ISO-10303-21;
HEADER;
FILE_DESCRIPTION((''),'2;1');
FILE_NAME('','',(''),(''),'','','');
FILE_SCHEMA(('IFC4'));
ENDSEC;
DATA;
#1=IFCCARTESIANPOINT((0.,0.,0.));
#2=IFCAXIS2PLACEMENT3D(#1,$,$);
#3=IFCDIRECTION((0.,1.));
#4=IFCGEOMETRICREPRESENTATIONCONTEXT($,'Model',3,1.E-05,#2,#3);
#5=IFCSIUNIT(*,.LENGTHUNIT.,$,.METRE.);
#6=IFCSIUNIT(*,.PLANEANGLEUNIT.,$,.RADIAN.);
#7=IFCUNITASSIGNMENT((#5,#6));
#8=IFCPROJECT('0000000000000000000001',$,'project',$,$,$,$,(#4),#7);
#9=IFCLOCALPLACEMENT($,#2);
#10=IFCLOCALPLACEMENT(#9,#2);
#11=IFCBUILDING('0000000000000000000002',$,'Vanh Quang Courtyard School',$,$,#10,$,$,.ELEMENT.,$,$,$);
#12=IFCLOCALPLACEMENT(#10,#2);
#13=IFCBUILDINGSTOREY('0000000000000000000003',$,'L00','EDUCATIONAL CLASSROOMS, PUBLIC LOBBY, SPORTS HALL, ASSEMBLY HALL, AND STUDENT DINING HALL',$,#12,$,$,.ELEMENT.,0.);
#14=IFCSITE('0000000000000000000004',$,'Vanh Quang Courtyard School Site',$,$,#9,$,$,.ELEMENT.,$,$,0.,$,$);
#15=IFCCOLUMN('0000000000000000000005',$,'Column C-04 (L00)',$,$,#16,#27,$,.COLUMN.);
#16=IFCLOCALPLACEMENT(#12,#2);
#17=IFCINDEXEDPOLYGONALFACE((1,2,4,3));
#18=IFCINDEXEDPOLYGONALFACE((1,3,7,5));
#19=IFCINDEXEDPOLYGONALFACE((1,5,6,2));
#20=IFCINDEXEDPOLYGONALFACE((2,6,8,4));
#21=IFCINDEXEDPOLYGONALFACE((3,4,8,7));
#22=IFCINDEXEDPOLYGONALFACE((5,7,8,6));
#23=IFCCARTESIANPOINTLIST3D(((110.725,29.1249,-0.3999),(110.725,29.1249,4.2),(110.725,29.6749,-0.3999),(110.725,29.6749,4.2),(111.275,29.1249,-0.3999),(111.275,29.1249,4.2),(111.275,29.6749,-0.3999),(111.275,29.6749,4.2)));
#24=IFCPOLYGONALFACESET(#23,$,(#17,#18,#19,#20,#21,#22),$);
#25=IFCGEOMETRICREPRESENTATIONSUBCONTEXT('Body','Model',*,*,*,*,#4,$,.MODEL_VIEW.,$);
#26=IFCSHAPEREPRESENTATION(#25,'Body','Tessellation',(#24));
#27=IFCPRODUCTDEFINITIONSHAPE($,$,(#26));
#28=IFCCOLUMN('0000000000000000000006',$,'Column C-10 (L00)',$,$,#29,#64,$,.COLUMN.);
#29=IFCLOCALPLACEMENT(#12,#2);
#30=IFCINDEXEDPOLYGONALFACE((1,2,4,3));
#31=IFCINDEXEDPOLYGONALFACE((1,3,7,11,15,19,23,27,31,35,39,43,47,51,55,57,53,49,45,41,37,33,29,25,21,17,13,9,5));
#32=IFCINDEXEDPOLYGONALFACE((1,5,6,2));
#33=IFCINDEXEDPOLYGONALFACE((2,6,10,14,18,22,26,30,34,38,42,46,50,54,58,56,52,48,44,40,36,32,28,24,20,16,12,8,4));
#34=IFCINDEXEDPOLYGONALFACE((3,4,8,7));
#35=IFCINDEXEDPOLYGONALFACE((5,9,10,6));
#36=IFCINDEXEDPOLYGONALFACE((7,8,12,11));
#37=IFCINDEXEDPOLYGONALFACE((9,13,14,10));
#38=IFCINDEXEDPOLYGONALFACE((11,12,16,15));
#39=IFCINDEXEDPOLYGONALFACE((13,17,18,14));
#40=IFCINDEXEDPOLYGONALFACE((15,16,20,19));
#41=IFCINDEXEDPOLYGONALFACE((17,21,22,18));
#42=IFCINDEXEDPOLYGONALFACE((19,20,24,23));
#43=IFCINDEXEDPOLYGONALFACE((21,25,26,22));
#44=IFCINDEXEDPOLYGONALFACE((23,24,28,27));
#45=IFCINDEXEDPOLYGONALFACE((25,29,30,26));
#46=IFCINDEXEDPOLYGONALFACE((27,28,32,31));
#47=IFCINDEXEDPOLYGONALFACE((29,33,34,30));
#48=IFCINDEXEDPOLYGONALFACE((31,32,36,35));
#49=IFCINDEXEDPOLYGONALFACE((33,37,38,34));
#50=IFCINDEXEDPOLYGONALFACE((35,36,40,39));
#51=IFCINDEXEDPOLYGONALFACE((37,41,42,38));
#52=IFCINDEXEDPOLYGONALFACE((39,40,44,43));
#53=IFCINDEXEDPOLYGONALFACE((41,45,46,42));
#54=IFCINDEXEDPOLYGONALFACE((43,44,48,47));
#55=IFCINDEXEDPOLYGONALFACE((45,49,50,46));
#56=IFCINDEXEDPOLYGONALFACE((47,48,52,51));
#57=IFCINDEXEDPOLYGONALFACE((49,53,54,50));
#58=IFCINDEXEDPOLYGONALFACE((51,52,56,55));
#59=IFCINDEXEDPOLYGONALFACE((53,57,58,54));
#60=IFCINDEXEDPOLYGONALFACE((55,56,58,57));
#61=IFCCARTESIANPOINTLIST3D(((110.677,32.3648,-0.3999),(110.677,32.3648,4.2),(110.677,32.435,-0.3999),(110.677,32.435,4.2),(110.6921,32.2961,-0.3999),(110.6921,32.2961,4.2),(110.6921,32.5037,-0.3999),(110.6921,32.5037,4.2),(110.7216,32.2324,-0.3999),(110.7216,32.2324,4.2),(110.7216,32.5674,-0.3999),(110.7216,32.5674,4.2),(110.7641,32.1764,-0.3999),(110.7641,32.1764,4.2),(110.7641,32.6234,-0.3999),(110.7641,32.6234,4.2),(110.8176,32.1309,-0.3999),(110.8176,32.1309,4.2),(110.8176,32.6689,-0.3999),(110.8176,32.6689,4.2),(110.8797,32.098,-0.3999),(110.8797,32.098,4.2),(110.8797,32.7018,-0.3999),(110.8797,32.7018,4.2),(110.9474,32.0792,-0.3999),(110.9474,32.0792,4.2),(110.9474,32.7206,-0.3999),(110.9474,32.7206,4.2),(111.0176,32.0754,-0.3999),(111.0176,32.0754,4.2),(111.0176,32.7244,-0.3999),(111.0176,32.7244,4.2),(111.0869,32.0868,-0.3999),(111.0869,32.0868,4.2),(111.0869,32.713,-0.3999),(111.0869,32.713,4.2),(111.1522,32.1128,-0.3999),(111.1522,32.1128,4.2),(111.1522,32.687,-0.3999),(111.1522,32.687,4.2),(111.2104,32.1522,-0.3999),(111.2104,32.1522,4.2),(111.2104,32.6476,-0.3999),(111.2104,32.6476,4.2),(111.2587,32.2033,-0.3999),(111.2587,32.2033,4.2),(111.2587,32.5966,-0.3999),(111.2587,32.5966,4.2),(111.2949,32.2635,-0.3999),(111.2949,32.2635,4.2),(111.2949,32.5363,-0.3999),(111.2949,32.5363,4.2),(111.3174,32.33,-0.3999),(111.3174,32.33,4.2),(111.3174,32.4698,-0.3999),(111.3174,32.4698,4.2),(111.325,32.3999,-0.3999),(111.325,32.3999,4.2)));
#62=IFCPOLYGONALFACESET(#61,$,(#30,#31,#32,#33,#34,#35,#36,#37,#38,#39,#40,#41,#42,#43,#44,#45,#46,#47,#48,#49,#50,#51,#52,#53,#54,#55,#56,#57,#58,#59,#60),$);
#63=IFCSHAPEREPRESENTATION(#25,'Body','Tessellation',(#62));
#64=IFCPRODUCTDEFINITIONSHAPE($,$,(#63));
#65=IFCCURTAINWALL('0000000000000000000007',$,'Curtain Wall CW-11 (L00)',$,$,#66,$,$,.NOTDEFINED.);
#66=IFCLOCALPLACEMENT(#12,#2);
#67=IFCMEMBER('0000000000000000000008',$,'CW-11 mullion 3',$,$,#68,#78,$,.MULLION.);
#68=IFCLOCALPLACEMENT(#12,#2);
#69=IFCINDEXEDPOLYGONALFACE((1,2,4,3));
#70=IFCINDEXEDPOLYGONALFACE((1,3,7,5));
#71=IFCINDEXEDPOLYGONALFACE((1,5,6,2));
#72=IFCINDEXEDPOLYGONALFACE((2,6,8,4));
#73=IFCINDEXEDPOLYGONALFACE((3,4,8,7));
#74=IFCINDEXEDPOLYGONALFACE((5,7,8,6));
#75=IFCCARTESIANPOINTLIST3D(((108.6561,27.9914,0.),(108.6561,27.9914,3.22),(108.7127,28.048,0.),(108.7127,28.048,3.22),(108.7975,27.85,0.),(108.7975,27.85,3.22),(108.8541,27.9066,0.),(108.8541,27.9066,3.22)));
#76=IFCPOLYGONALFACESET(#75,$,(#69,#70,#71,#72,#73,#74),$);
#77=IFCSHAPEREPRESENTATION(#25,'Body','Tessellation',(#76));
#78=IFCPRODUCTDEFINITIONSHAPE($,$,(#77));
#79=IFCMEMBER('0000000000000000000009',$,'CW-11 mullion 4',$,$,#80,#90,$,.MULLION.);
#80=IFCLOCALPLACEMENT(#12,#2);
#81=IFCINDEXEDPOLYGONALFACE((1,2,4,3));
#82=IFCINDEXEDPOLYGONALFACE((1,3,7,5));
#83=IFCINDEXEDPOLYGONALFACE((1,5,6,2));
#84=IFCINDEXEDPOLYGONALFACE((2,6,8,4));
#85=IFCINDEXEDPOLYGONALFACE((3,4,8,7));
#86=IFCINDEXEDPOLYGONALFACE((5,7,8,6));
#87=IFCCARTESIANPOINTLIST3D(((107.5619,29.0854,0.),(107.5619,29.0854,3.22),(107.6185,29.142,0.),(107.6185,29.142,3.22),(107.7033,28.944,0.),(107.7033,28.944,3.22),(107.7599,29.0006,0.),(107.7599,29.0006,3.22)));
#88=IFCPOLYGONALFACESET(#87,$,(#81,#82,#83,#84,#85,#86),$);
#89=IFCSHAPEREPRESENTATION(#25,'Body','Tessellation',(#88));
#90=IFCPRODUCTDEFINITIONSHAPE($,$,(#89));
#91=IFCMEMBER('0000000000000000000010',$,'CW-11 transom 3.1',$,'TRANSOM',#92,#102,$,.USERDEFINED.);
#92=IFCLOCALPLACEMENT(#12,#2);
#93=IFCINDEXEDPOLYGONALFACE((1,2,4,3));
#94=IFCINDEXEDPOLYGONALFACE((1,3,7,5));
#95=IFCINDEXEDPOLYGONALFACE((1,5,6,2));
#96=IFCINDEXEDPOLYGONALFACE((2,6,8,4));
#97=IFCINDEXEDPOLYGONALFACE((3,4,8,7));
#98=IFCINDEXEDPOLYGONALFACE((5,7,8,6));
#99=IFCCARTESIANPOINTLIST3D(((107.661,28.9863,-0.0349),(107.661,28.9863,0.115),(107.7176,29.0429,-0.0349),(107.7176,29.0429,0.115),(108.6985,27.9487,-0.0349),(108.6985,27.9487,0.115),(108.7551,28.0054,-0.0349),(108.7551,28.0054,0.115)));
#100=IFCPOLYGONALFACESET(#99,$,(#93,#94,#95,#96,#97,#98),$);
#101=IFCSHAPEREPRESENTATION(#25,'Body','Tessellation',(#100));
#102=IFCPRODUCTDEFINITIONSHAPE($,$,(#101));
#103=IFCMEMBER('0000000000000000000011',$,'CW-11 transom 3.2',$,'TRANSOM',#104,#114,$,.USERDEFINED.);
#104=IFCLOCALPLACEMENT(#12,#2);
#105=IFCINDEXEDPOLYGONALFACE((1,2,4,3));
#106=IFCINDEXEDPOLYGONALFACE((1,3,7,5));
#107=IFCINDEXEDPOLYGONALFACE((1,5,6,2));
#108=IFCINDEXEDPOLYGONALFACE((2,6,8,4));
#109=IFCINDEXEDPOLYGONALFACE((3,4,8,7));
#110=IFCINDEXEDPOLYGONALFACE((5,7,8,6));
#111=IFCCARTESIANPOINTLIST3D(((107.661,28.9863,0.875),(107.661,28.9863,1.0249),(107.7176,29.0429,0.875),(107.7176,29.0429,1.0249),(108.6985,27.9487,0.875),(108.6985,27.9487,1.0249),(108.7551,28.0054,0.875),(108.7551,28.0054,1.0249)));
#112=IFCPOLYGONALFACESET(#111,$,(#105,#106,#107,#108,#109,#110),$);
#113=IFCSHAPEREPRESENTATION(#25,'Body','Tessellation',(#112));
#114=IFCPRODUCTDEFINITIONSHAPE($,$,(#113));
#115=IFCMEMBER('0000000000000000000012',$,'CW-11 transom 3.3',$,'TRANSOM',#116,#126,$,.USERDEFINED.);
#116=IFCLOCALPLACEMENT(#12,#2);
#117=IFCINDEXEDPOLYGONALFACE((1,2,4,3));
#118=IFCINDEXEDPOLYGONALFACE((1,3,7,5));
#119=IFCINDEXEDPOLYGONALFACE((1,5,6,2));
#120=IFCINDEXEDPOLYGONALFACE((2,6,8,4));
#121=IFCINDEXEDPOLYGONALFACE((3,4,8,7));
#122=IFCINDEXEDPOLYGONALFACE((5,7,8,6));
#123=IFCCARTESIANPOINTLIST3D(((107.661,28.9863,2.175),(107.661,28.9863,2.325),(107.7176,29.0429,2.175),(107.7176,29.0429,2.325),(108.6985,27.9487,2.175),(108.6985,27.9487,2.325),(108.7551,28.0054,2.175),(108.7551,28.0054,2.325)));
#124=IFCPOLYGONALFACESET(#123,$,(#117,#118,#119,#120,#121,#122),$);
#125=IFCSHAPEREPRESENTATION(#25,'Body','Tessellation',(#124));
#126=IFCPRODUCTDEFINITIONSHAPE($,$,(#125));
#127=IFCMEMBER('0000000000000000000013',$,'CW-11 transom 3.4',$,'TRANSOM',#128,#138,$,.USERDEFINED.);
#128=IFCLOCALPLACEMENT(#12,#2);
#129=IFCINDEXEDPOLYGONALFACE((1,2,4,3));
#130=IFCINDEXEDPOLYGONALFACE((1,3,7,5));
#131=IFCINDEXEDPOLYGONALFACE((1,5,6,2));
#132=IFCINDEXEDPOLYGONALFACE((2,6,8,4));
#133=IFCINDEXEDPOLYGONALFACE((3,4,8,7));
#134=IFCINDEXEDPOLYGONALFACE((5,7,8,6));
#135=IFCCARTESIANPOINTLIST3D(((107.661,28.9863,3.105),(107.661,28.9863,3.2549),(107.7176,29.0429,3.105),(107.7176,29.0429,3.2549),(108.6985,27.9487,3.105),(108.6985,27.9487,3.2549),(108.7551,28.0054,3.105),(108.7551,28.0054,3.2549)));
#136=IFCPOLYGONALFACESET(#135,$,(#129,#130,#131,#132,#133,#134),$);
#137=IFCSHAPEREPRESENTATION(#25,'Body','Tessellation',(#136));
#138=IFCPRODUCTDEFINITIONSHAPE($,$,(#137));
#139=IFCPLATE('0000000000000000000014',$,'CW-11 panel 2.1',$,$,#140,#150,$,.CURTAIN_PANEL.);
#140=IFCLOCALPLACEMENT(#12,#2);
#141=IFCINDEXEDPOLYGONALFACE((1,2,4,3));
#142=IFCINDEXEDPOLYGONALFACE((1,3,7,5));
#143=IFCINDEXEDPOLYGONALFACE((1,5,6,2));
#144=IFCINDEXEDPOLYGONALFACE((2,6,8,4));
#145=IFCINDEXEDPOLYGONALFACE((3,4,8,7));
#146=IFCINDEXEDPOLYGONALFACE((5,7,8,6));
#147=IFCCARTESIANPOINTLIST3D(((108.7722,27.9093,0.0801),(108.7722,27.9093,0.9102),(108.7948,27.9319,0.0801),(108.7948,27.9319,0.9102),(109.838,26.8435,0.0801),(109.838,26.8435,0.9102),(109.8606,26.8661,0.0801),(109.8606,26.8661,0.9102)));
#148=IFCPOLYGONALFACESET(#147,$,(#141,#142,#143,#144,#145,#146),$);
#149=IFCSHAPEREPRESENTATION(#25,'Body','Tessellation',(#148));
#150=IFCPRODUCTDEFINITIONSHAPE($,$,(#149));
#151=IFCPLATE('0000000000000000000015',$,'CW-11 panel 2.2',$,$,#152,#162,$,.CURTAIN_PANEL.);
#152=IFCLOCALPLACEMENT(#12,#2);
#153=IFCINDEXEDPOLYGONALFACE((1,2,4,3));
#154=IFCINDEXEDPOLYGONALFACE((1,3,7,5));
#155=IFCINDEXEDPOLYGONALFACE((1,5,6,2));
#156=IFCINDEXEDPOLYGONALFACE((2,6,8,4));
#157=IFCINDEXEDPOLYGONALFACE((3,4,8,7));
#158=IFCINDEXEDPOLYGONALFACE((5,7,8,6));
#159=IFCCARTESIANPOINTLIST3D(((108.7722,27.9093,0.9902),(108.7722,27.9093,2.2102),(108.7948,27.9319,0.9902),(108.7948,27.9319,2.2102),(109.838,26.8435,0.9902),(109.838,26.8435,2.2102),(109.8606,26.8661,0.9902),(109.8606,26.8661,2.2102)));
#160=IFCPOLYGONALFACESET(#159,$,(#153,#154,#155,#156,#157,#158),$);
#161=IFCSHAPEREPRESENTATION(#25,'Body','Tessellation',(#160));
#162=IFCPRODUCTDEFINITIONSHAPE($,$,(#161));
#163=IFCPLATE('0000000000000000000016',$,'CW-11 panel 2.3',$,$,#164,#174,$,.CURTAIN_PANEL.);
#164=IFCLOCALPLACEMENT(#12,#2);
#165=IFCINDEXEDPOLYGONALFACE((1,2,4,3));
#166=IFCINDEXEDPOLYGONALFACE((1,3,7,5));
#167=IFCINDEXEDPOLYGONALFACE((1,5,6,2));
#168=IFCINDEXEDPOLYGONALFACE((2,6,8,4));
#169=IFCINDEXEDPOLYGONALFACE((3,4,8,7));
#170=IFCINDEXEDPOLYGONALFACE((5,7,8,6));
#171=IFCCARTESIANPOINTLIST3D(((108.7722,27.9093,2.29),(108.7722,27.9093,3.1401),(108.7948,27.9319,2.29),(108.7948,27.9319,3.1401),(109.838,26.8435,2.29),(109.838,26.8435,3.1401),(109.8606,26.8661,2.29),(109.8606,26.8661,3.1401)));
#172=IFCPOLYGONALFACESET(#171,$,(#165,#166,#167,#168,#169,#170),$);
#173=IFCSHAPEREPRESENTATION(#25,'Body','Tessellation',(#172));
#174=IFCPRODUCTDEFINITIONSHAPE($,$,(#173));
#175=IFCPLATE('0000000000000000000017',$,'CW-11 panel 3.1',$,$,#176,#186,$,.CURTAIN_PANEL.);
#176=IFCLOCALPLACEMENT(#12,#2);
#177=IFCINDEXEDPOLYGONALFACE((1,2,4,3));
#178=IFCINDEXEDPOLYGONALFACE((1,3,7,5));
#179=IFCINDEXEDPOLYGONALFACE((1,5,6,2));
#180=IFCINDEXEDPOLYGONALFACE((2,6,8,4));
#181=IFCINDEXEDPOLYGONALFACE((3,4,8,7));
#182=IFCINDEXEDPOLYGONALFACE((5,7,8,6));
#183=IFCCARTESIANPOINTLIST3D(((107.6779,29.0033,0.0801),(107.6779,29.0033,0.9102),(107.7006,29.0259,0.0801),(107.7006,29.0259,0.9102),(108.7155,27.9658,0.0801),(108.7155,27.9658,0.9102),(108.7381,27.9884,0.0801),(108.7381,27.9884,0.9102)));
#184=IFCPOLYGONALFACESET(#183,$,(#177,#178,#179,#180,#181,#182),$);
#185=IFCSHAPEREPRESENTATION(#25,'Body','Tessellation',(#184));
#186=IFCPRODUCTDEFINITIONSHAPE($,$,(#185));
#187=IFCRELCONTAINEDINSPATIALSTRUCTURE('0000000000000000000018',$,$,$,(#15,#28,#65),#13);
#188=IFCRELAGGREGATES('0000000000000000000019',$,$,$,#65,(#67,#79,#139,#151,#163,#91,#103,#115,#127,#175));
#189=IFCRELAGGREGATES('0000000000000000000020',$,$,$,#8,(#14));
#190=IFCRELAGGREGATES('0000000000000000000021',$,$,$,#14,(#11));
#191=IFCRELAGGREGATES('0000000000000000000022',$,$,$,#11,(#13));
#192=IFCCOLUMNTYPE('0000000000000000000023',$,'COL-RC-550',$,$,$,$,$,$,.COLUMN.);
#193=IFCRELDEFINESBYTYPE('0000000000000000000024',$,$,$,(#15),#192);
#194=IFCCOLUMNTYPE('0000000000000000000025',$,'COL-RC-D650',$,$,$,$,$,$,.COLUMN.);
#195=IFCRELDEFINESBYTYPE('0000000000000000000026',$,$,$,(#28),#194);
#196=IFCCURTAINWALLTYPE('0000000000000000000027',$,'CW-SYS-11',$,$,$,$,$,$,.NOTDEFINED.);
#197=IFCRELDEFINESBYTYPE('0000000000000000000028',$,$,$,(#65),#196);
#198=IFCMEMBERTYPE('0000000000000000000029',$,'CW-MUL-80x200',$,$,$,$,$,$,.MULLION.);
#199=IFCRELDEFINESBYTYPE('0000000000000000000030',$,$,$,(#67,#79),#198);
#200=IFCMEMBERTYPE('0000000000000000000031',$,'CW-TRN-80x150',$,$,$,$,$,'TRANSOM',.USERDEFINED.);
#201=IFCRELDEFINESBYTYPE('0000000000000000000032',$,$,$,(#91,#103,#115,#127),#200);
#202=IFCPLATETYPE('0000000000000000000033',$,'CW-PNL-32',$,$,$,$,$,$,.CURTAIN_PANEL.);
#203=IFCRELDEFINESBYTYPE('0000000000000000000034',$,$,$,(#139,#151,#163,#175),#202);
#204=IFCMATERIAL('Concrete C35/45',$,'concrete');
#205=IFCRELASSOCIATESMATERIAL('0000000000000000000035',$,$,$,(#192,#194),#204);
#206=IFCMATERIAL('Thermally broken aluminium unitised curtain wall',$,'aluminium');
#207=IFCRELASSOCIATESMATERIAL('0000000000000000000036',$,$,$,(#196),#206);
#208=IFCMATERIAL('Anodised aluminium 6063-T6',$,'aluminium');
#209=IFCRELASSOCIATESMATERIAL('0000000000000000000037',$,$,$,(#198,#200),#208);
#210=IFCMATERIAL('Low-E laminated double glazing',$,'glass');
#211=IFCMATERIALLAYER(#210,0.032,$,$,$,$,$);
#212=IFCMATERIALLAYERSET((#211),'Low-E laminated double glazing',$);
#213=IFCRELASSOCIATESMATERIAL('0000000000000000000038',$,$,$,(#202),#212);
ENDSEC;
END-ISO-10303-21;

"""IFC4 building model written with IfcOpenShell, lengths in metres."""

from ifc_helpers import new_model, si_unit, direction, frame, origin, origin_2d, place, context, subcontext, project, spatial, rectangle, circle, extrude, material, layer, layer_set, material_profile, profile_set, type_object, element, aggregate, save


model = new_model("IFC4")

# Units and contexts
model_context = context("Model", 3, precision=1e-05, world=origin(), true_north=direction((0.0, 1.0)))
body_context = subcontext(model_context, "Body", "Model", "MODEL_VIEW")
ifc_project = project(units=[si_unit("LENGTHUNIT", "METRE"), si_unit("PLANEANGLEUNIT", "RADIAN")], contexts=[model_context])

# Site, building, storey
site_placement = place(None, origin())
site = spatial("IfcSite", under=ifc_project, at=site_placement, Name="Vanh Quang Courtyard School Site", CompositionType="ELEMENT", RefElevation=0.0)
building_placement = place(site_placement, origin())
building = spatial("IfcBuilding", under=site, at=building_placement, Name="Vanh Quang Courtyard School", CompositionType="ELEMENT")
storey_placement = place(building_placement, origin())
storey = spatial("IfcBuildingStorey", under=building, at=storey_placement, Name="L00", Description="EDUCATIONAL CLASSROOMS, PUBLIC LOBBY, SPORTS HALL, ASSEMBLY HALL, AND STUDENT DINING HALL", CompositionType="ELEMENT", Elevation=0.0)

# Shared definitions
ifc_material_1 = material(Name="Concrete C35/45", Category="concrete")

# Columns
ifc_material_profile_1 = material_profile(ifc_material_1, rectangle(XDim=0.55, YDim=0.55, at=origin_2d()), Name="RC-COL 550x550")
ifc_profile_set_1 = profile_set([ifc_material_profile_1], Name="Concrete C35/45")
column_type_1 = type_object("IfcColumnType", Name="COL-RC-550", PredefinedType="COLUMN", material=ifc_profile_set_1)
column_1_placement = place(storey_placement, frame((111.0, 29.3999, -0.3999), z_axis=(0.0, 0.0, 1.0), x_axis=(1.0, 0.0, 0.0)))
element("IfcColumn", 1, at=column_1_placement, inside=storey, type_object=column_type_1, Name="Column C-04 (L00)", PredefinedType="COLUMN", context=body_context, shape_type="SweptSolid", body=[
    extrude(rectangle(XDim=0.55, YDim=0.55, at=origin_2d()), origin(), (0.0, 0.0, 1.0), 4.5999),
])
ifc_material_profile_2 = material_profile(ifc_material_1, circle(Radius=0.325, at=origin_2d()), Name="RC-COL D650")
ifc_profile_set_2 = profile_set([ifc_material_profile_2], Name="Concrete C35/45")
column_type_2 = type_object("IfcColumnType", Name="COL-RC-D650", PredefinedType="COLUMN", material=ifc_profile_set_2)
column_2_placement = place(storey_placement, frame((111.0, 32.3999, -0.3999), z_axis=(0.0, 0.0, 1.0), x_axis=(1.0, 0.0, 0.0)))
element("IfcColumn", 2, at=column_2_placement, inside=storey, type_object=column_type_2, Name="Column C-10 (L00)", PredefinedType="COLUMN", context=body_context, shape_type="SweptSolid", body=[
    extrude(circle(Radius=0.325, at=origin_2d()), origin(), (0.0, 0.0, 1.0), 4.5999),
])

# Curtain wall, members, plates
ifc_material_2 = material(Name="Thermally broken aluminium unitised curtain wall", Category="aluminium")
curtain_wall_type = type_object("IfcCurtainWallType", Name="CW-SYS-11", PredefinedType="NOTDEFINED", material=ifc_material_2)
curtain_wall_placement = place(storey_placement, origin())
curtain_wall = element("IfcCurtainWall", 3, at=curtain_wall_placement, inside=storey, type_object=curtain_wall_type, Name="Curtain Wall CW-11 (L00)", PredefinedType="NOTDEFINED")
ifc_material_3 = material(Name="Anodised aluminium 6063-T6", Category="aluminium")
ifc_material_profile_3 = material_profile(ifc_material_3, rectangle(XDim=0.0801, YDim=0.2, at=origin_2d()), Name="ALU-MUL 80x200")
ifc_profile_set_3 = profile_set([ifc_material_profile_3], Name="Anodised aluminium 6063-T6")
member_type_1 = type_object("IfcMemberType", Name="CW-MUL-80x200", PredefinedType="MULLION", material=ifc_profile_set_3)
member_1_placement = place(storey_placement, frame((108.7551, 27.949, 0.0), z_axis=(0.0, 0.0, 1.0), x_axis=(-0.707107, -0.707107, 0.0)))
member_1 = element("IfcMember", 4, at=member_1_placement, type_object=member_type_1, Name="CW-11 mullion 3", PredefinedType="MULLION", context=body_context, shape_type="SweptSolid", body=[
    extrude(rectangle(XDim=0.0801, YDim=0.2, at=origin_2d()), origin(), (0.0, 0.0, 1.0), 3.22),
])
member_2_placement = place(storey_placement, frame((107.6609, 29.043, 0.0), z_axis=(0.0, 0.0, 1.0), x_axis=(-0.707107, -0.707107, 0.0)))
member_2 = element("IfcMember", 5, at=member_2_placement, type_object=member_type_1, Name="CW-11 mullion 4", PredefinedType="MULLION", context=body_context, shape_type="SweptSolid", body=[
    extrude(rectangle(XDim=0.0801, YDim=0.2, at=origin_2d()), origin(), (0.0, 0.0, 1.0), 3.22),
])
ifc_material_profile_4 = material_profile(ifc_material_3, rectangle(XDim=0.0801, YDim=0.1499, at=origin_2d()), Name="ALU-TRN 80x150")
ifc_profile_set_4 = profile_set([ifc_material_profile_4], Name="Anodised aluminium 6063-T6")
member_type_2 = type_object("IfcMemberType", Name="CW-TRN-80x150", ElementType="TRANSOM", PredefinedType="USERDEFINED", material=ifc_profile_set_4)
member_3_placement = place(storey_placement, frame((108.7268, 27.9771, 0.04), z_axis=(-0.707107, 0.707107, 0.0), x_axis=(-0.707107, -0.707107, 0.0)))
member_3 = element("IfcMember", 6, at=member_3_placement, type_object=member_type_2, Name="CW-11 transom 3.1", ObjectType="TRANSOM", PredefinedType="USERDEFINED", context=body_context, shape_type="SweptSolid", body=[
    extrude(rectangle(XDim=0.0801, YDim=0.1499, at=origin_2d()), origin(), (0.0, 0.0, 1.0), 1.4673),
])
member_4_placement = place(storey_placement, frame((108.7268, 27.9771, 0.95), z_axis=(-0.707107, 0.707107, 0.0), x_axis=(-0.707107, -0.707107, 0.0)))
member_4 = element("IfcMember", 7, at=member_4_placement, type_object=member_type_2, Name="CW-11 transom 3.2", ObjectType="TRANSOM", PredefinedType="USERDEFINED", context=body_context, shape_type="SweptSolid", body=[
    extrude(rectangle(XDim=0.0801, YDim=0.1499, at=origin_2d()), origin(), (0.0, 0.0, 1.0), 1.4673),
])
member_5_placement = place(storey_placement, frame((108.7268, 27.9771, 2.25), z_axis=(-0.707107, 0.707107, 0.0), x_axis=(-0.707107, -0.707107, 0.0)))
member_5 = element("IfcMember", 8, at=member_5_placement, type_object=member_type_2, Name="CW-11 transom 3.3", ObjectType="TRANSOM", PredefinedType="USERDEFINED", context=body_context, shape_type="SweptSolid", body=[
    extrude(rectangle(XDim=0.0801, YDim=0.1499, at=origin_2d()), origin(), (0.0, 0.0, 1.0), 1.4673),
])
member_6_placement = place(storey_placement, frame((108.7268, 27.9771, 3.1799), z_axis=(-0.707107, 0.707107, 0.0), x_axis=(-0.707107, -0.707107, 0.0)))
member_6 = element("IfcMember", 9, at=member_6_placement, type_object=member_type_2, Name="CW-11 transom 3.4", ObjectType="TRANSOM", PredefinedType="USERDEFINED", context=body_context, shape_type="SweptSolid", body=[
    extrude(rectangle(XDim=0.0801, YDim=0.1499, at=origin_2d()), origin(), (0.0, 0.0, 1.0), 1.4673),
])
ifc_material_4 = material(Name="Low-E laminated double glazing", Category="glass")
ifc_layer_1 = layer(ifc_material_4, 0.032)
ifc_layer_set_1 = layer_set([ifc_layer_1], Name="Low-E laminated double glazing")
plate_type = type_object("IfcPlateType", Name="CW-PNL-32", PredefinedType="CURTAIN_PANEL", material=ifc_layer_set_1)
plate_1_placement = place(storey_placement, frame((109.3164, 27.3877, 0.0801), z_axis=(0.0, 0.0, 1.0), x_axis=(-0.707107, 0.707107, 0.0)))
plate_1 = element("IfcPlate", 10, at=plate_1_placement, type_object=plate_type, Name="CW-11 panel 2.1", PredefinedType="CURTAIN_PANEL", context=body_context, shape_type="SweptSolid", body=[
    extrude(rectangle(XDim=1.5073, YDim=0.032, at=origin_2d()), origin(), (0.0, 0.0, 1.0), 0.8301),
])
plate_2_placement = place(storey_placement, frame((109.3164, 27.3877, 0.9902), z_axis=(0.0, 0.0, 1.0), x_axis=(-0.707107, 0.707107, 0.0)))
plate_2 = element("IfcPlate", 11, at=plate_2_placement, type_object=plate_type, Name="CW-11 panel 2.2", PredefinedType="CURTAIN_PANEL", context=body_context, shape_type="SweptSolid", body=[
    extrude(rectangle(XDim=1.5073, YDim=0.032, at=origin_2d()), origin(), (0.0, 0.0, 1.0), 1.22),
])
plate_3_placement = place(storey_placement, frame((109.3164, 27.3877, 2.29), z_axis=(0.0, 0.0, 1.0), x_axis=(-0.707107, 0.707107, 0.0)))
plate_3 = element("IfcPlate", 12, at=plate_3_placement, type_object=plate_type, Name="CW-11 panel 2.3", PredefinedType="CURTAIN_PANEL", context=body_context, shape_type="SweptSolid", body=[
    extrude(rectangle(XDim=1.5073, YDim=0.032, at=origin_2d()), origin(), (0.0, 0.0, 1.0), 0.8501),
])
plate_4_placement = place(storey_placement, frame((108.208, 28.4958, 0.0801), z_axis=(0.0, 0.0, 1.0), x_axis=(-0.707107, 0.707107, 0.0)))
plate_4 = element("IfcPlate", 13, at=plate_4_placement, type_object=plate_type, Name="CW-11 panel 3.1", PredefinedType="CURTAIN_PANEL", context=body_context, shape_type="SweptSolid", body=[
    extrude(rectangle(XDim=1.4673, YDim=0.032, at=origin_2d()), origin(), (0.0, 0.0, 1.0), 0.8301),
])
aggregate(curtain_wall, [member_1, member_2, plate_1, plate_2, plate_3, member_3, member_4, member_5, member_6, plate_4])

save(model, "model.ifc")
